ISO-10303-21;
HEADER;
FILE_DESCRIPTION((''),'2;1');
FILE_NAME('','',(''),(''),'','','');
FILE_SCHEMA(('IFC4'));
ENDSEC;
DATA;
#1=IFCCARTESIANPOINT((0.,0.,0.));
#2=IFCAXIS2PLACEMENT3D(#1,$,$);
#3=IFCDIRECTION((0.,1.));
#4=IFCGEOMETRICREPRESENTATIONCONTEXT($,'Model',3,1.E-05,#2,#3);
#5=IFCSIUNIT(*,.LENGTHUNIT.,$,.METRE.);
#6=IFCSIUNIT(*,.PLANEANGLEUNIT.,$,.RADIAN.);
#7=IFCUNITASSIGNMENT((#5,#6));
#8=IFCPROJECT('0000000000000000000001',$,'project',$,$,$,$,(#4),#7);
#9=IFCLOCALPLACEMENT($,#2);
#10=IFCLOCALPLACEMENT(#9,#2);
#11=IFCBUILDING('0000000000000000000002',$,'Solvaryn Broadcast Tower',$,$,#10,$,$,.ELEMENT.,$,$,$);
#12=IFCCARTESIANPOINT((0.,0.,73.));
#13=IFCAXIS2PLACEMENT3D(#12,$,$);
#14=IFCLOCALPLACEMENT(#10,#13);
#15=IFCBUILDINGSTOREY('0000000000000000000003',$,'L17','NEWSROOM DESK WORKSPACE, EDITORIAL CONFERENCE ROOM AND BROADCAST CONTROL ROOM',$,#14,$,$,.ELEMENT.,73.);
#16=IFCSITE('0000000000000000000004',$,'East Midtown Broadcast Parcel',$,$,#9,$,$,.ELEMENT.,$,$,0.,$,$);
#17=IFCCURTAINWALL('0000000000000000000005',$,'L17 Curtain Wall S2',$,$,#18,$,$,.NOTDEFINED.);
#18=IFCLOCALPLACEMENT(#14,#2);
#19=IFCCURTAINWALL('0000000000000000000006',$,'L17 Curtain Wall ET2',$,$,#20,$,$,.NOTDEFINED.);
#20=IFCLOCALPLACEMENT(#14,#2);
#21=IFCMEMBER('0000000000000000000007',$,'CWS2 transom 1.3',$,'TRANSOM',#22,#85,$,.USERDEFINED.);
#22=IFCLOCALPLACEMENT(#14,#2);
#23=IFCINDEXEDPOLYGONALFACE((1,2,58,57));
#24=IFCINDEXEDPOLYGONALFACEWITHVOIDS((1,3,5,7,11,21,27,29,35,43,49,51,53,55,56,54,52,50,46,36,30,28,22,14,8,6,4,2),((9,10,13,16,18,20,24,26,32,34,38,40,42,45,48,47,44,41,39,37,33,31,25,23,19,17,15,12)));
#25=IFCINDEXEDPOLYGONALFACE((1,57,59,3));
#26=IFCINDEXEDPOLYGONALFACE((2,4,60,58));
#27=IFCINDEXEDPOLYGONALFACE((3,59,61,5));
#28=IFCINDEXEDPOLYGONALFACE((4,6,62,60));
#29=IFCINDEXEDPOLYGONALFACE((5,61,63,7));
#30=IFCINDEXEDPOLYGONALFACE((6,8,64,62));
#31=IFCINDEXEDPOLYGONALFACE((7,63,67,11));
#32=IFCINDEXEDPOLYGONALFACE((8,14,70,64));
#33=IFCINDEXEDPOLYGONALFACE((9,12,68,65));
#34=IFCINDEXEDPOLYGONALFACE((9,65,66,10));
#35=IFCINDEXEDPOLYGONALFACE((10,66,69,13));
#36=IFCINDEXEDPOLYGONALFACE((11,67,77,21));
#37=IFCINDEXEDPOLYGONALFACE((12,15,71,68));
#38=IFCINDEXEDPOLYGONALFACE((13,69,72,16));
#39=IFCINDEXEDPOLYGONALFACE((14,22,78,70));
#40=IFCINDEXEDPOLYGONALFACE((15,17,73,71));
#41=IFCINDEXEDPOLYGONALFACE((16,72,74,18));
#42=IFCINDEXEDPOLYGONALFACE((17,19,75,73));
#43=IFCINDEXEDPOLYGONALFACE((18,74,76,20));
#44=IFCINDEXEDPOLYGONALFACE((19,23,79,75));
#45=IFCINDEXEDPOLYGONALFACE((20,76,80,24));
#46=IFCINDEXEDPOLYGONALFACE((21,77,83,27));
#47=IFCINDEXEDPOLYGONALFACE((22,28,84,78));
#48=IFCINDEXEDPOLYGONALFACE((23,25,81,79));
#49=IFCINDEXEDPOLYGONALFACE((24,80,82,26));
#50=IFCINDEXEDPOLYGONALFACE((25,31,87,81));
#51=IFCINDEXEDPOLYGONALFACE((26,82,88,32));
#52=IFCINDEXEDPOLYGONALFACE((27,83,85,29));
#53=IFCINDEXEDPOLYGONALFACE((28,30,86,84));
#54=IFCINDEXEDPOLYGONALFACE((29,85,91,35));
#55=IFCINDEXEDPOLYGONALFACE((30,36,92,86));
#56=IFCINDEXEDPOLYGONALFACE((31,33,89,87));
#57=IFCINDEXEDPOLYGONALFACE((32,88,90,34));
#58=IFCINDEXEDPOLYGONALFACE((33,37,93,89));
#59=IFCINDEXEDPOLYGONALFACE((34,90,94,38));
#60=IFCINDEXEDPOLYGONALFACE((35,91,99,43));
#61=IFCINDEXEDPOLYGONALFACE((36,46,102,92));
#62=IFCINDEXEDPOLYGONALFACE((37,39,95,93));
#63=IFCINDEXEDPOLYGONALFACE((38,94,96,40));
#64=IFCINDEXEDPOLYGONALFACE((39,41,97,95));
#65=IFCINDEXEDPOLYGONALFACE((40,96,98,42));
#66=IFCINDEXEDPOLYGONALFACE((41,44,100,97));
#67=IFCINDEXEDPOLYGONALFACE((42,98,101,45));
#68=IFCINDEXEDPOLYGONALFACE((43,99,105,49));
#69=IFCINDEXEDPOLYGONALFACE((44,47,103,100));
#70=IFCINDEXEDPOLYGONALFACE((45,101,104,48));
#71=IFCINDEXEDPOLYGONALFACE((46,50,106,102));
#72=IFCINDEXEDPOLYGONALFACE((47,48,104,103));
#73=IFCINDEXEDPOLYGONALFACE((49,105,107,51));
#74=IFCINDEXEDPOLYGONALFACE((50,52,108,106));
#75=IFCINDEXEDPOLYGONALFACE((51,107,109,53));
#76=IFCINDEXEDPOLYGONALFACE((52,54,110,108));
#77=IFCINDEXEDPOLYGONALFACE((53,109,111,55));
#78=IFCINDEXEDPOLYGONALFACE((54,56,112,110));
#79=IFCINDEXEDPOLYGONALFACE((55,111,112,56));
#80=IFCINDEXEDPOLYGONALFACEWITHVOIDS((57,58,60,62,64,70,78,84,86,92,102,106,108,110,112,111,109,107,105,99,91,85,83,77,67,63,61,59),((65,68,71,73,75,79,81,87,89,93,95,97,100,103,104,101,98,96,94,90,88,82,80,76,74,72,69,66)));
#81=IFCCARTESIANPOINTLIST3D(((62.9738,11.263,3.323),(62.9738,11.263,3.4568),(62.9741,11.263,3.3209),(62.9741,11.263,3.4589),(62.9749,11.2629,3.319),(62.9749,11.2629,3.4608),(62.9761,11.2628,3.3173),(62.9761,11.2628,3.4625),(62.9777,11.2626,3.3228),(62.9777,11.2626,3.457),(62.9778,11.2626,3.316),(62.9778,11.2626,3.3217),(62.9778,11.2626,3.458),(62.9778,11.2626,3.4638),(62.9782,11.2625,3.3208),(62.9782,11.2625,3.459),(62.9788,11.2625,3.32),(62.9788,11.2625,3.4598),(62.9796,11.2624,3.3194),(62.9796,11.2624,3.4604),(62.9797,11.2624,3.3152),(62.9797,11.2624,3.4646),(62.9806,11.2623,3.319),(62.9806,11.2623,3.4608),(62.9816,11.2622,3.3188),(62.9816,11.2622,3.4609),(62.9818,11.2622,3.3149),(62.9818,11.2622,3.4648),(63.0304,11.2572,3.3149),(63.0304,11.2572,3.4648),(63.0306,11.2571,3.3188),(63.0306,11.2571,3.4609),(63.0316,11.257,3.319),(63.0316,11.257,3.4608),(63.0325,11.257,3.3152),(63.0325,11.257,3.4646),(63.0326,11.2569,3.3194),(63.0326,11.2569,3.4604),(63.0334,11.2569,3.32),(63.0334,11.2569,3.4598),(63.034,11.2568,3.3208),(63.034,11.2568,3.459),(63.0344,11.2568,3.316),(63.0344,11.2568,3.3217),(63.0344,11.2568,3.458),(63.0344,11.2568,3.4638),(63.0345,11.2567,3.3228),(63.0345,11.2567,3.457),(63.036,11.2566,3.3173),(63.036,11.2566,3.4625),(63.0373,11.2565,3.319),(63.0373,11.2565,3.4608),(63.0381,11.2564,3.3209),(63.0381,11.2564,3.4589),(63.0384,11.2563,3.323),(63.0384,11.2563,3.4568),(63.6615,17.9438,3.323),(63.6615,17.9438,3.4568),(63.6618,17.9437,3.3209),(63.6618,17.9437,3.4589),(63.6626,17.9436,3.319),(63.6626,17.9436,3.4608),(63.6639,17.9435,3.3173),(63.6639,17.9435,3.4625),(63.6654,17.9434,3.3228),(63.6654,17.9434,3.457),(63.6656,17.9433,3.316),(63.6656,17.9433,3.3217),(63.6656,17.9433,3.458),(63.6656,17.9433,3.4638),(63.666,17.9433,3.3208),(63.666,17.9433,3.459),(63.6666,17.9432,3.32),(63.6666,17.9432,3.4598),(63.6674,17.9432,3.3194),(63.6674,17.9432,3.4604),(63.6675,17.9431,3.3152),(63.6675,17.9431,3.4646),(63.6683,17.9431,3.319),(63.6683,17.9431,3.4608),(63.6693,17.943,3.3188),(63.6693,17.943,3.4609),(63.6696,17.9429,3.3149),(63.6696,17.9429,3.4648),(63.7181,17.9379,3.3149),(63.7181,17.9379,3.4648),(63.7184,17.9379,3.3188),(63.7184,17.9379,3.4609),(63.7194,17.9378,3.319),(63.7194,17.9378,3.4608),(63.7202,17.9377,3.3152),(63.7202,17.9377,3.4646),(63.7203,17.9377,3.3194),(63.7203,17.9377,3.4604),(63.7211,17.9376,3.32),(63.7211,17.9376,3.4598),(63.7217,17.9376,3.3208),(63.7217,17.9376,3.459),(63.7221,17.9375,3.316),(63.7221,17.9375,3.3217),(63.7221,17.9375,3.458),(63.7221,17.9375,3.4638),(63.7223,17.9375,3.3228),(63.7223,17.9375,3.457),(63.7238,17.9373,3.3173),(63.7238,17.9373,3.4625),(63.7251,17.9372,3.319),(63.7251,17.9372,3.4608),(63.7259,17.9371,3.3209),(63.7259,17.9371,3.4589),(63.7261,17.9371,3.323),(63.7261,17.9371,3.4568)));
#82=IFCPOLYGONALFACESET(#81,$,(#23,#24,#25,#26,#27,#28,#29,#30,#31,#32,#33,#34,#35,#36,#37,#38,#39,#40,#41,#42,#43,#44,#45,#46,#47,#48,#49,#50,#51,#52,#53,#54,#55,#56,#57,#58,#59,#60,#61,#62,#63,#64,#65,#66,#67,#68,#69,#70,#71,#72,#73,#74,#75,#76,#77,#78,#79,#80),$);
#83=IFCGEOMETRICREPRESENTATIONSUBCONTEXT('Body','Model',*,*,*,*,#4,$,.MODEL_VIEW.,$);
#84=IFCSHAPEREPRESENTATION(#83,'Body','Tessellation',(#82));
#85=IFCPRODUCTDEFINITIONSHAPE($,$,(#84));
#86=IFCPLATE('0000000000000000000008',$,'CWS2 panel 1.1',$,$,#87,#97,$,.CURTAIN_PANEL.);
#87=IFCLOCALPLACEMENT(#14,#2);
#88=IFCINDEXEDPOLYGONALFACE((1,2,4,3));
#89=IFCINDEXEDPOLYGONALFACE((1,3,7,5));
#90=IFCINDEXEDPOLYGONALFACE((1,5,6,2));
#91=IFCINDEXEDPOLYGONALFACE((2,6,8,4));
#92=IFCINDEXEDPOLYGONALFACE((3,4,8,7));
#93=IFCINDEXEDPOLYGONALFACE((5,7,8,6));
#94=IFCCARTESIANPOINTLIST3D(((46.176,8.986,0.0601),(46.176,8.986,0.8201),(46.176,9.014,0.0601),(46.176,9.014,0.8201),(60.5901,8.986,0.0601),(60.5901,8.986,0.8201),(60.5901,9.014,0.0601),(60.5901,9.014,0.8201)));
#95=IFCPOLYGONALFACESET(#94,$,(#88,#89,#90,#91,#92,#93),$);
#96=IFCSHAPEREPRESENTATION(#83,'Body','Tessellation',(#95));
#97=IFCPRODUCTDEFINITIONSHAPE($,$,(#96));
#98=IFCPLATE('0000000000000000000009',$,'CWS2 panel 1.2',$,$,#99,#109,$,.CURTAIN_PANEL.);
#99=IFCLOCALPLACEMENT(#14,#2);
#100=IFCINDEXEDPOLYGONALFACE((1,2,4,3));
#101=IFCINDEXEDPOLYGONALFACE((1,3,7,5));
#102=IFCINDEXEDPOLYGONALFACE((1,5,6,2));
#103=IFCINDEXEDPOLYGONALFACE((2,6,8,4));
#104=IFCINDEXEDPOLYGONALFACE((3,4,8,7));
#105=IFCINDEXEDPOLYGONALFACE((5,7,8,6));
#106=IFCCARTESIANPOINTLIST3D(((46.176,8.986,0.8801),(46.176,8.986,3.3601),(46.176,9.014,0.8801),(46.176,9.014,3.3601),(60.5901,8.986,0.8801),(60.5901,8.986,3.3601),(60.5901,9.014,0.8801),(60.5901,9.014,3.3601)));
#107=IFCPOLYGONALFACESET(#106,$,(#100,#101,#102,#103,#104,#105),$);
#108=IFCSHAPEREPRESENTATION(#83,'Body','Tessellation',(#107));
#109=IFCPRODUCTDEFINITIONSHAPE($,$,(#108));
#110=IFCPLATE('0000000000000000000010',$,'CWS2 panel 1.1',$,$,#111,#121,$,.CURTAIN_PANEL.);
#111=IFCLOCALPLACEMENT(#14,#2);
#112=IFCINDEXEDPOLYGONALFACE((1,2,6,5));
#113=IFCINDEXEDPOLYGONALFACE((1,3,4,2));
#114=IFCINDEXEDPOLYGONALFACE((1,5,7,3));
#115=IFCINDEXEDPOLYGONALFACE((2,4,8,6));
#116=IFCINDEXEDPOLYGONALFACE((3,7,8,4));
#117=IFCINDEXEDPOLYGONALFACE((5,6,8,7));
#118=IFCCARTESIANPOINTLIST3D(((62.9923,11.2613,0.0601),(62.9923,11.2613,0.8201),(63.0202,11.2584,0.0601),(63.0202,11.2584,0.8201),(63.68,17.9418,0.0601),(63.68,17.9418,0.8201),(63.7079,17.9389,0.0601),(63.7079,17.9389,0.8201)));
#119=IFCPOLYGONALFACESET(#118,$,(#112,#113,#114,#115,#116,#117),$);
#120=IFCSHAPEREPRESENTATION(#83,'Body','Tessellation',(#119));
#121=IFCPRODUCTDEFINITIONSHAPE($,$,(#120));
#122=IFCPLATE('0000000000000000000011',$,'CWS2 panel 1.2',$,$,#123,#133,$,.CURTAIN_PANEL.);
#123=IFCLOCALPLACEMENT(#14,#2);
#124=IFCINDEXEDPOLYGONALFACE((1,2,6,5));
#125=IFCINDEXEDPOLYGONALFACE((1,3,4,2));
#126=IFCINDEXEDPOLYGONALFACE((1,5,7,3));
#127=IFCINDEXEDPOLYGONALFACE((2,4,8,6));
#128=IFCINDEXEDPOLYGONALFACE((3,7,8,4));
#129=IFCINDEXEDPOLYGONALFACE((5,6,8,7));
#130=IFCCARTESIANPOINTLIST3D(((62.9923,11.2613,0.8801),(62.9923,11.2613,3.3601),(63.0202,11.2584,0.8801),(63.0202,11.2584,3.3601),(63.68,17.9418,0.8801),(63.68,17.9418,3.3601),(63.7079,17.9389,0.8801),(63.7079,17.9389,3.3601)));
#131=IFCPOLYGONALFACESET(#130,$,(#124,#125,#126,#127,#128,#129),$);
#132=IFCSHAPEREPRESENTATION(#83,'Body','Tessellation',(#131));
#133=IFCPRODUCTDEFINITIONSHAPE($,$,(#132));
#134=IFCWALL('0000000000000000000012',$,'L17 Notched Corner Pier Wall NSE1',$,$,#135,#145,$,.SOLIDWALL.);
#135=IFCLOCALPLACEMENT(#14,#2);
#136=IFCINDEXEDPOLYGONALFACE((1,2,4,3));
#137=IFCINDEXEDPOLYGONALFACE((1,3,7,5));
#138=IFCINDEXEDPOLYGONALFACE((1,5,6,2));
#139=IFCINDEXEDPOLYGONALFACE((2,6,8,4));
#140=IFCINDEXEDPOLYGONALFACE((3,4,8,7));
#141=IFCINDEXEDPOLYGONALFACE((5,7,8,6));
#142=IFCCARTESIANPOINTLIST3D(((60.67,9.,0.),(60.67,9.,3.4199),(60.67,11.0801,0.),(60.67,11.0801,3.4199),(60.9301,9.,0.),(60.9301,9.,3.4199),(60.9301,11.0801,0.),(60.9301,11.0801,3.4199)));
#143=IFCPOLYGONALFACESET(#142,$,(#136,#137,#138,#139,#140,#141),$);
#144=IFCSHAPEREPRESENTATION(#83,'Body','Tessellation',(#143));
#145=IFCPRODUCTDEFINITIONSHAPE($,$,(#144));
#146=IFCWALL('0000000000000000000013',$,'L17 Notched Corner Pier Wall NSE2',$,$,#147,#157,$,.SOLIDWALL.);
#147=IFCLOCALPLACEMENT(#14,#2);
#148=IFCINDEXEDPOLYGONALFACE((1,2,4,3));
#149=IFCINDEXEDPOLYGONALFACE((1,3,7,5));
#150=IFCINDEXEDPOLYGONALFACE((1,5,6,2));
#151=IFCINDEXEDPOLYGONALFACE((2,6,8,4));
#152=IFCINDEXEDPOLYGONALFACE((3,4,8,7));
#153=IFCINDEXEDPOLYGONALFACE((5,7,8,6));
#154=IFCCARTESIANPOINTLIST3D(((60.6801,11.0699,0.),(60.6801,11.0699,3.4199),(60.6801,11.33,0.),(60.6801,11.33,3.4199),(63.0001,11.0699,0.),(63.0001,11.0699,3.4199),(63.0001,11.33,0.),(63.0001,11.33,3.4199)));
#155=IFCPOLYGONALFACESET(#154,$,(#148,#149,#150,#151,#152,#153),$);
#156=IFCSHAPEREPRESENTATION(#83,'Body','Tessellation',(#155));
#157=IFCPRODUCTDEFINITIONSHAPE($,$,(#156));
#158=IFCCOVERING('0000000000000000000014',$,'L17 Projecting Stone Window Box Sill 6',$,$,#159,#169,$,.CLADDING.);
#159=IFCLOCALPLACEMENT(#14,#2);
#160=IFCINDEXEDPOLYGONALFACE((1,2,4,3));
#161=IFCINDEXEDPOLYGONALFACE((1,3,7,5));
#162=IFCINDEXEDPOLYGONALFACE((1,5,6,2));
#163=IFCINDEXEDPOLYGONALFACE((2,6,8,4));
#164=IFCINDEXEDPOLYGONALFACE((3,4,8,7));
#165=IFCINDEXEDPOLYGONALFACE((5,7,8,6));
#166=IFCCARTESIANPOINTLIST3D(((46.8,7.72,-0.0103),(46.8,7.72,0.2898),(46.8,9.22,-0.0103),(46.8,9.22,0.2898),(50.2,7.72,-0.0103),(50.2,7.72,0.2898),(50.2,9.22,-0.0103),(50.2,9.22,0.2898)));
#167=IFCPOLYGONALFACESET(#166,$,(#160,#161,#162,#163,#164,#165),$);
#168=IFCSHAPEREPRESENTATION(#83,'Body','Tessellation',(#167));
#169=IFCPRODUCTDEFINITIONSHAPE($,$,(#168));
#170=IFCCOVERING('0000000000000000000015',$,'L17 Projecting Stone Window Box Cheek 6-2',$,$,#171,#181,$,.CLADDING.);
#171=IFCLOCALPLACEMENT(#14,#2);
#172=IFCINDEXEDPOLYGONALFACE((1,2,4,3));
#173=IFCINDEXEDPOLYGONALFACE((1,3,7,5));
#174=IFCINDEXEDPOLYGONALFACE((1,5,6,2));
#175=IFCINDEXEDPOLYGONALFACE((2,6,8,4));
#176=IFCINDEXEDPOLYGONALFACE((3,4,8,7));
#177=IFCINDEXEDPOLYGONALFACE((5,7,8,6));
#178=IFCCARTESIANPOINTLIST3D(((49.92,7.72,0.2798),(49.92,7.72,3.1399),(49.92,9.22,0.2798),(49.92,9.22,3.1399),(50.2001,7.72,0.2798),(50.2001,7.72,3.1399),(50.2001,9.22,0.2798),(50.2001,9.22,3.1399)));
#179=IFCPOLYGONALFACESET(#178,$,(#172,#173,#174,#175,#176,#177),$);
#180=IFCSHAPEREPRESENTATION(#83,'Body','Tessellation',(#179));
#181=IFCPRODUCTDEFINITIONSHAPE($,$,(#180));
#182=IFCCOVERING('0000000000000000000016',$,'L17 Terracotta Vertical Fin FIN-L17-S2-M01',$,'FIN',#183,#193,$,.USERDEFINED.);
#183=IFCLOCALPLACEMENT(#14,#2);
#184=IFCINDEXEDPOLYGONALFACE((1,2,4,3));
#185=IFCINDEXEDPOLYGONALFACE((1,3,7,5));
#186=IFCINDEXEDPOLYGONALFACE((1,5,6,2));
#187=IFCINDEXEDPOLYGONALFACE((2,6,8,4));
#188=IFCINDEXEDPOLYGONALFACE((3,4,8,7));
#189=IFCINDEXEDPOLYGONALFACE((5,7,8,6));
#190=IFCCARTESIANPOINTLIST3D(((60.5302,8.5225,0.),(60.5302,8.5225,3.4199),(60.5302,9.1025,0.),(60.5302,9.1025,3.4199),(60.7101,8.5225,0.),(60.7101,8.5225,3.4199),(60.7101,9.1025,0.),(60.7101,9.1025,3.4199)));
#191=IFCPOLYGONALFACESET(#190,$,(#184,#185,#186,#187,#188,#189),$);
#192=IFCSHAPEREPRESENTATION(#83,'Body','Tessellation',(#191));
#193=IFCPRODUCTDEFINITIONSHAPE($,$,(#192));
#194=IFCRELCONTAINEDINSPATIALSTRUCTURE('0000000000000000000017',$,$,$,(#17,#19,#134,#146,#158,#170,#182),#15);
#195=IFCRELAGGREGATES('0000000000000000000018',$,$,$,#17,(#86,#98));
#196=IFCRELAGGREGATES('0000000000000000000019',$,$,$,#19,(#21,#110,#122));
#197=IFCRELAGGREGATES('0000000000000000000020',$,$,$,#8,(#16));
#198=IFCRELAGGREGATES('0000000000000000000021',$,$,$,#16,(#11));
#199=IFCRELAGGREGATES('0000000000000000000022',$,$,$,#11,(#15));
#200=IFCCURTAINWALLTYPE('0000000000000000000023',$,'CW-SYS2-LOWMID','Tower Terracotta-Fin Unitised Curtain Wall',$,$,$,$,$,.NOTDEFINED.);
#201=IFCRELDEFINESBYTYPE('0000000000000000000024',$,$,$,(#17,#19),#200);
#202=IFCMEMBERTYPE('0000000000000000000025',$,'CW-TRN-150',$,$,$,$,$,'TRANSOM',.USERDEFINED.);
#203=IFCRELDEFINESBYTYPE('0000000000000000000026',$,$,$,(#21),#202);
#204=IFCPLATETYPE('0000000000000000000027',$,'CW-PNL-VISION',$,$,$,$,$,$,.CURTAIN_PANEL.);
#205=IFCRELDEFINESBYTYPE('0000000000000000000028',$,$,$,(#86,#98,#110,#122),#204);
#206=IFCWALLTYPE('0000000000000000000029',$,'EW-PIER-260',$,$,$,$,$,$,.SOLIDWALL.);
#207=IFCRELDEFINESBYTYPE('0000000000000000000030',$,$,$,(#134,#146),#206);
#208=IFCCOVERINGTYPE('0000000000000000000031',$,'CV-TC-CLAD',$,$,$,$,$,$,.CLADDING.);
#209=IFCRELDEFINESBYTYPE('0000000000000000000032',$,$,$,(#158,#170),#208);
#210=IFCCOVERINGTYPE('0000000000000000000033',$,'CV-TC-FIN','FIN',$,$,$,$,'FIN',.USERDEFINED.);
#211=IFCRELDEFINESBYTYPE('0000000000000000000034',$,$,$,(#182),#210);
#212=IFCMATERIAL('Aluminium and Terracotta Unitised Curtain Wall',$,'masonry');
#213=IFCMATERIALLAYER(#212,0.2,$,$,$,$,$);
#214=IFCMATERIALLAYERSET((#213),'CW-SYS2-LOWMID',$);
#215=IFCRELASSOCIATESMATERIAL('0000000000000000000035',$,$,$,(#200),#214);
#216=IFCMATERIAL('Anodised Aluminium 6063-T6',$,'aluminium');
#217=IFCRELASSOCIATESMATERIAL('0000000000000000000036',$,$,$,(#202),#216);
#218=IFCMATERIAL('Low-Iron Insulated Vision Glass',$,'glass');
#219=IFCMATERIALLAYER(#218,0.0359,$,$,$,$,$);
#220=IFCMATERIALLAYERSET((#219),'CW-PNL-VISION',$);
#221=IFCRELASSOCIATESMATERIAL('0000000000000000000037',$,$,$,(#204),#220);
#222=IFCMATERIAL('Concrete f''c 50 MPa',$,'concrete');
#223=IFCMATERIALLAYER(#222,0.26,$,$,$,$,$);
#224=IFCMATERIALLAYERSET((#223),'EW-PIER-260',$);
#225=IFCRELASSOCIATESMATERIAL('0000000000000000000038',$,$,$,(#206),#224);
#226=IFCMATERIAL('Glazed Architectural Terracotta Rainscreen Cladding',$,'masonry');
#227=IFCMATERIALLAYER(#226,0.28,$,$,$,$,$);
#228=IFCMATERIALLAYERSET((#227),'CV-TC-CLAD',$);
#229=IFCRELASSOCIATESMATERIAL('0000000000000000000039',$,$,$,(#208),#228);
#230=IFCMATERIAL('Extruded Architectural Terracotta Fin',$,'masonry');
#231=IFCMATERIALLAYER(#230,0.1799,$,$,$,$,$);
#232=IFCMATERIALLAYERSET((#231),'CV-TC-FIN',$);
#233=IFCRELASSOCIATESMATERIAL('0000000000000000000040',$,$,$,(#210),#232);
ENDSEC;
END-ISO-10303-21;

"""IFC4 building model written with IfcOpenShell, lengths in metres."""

from ifc_helpers import new_model, si_unit, direction, frame, frame_2d, origin, origin_2d, place, context, subcontext, project, spatial, rectangle, hollow_rectangle, extrude, material, layer, layer_set, material_profile, profile_set, type_object, element, aggregate, save


model = new_model("IFC4")

# Units and contexts
model_context = context("Model", 3, precision=1e-05, world=origin(), true_north=direction((0.0, 1.0)))
body_context = subcontext(model_context, "Body", "Model", "MODEL_VIEW")
ifc_project = project(units=[si_unit("LENGTHUNIT", "METRE"), si_unit("PLANEANGLEUNIT", "RADIAN")], contexts=[model_context])

# Site, building, storey
site_placement = place(None, origin())
site = spatial("IfcSite", under=ifc_project, at=site_placement, Name="East Midtown Broadcast Parcel", CompositionType="ELEMENT", RefElevation=0.0)
building_placement = place(site_placement, origin())
building = spatial("IfcBuilding", under=site, at=building_placement, Name="Solvaryn Broadcast Tower", CompositionType="ELEMENT")
storey_placement = place(building_placement, frame((0.0, 0.0, 73.0)))
storey = spatial("IfcBuildingStorey", under=building, at=storey_placement, Name="L17", Description="NEWSROOM DESK WORKSPACE, EDITORIAL CONFERENCE ROOM AND BROADCAST CONTROL ROOM", CompositionType="ELEMENT", Elevation=73.0)

# Curtain wall
ifc_material_1 = material(Name="Aluminium and Terracotta Unitised Curtain Wall", Category="masonry")
ifc_layer_1 = layer(ifc_material_1, 0.2)
ifc_layer_set_1 = layer_set([ifc_layer_1], Name="CW-SYS2-LOWMID")
curtain_wall_type = type_object("IfcCurtainWallType", Name="CW-SYS2-LOWMID", Description="Tower Terracotta-Fin Unitised Curtain Wall", PredefinedType="NOTDEFINED", material=ifc_layer_set_1)
curtain_wall_1_placement = place(storey_placement, origin())
curtain_wall_1 = element("IfcCurtainWall", 1, at=curtain_wall_1_placement, inside=storey, type_object=curtain_wall_type, Name="L17 Curtain Wall S2", PredefinedType="NOTDEFINED")

# Curtain wall, member
curtain_wall_2_placement = place(storey_placement, origin())
curtain_wall_2 = element("IfcCurtainWall", 2, at=curtain_wall_2_placement, inside=storey, type_object=curtain_wall_type, Name="L17 Curtain Wall ET2", PredefinedType="NOTDEFINED")
ifc_material_2 = material(Name="Anodised Aluminium 6063-T6", Category="aluminium")
ifc_material_profile_1 = material_profile(ifc_material_2, hollow_rectangle(XDim=0.0649, YDim=0.1499, WallThickness=0.0039, InnerFilletRadius=0.0039, OuterFilletRadius=0.0081, at=origin_2d()))
ifc_profile_set_1 = profile_set([ifc_material_profile_1], Name="Anodised Aluminium 6063-T6")
member_type_1 = type_object("IfcMemberType", Name="CW-TRN-150", ElementType="TRANSOM", PredefinedType="USERDEFINED", material=ifc_profile_set_1)
member_1_placement = place(storey_placement, frame((63.6938, 17.9404, 3.3899), z_axis=(-0.102404, -0.994743, 0.0), x_axis=(0.994743, -0.102404, 0.0)))
member_1 = element("IfcMember", 3, at=member_1_placement, type_object=member_type_1, Name="CWS2 transom 1.3", ObjectType="TRANSOM", PredefinedType="USERDEFINED", context=body_context, shape_type="SweptSolid", body=[
    extrude(hollow_rectangle(XDim=0.0649, YDim=0.1499, WallThickness=0.0039, InnerFilletRadius=0.0039, OuterFilletRadius=0.0081, at=origin_2d()), origin(), (0.0, 0.0, 1.0), 6.7161),
])

# Plates
ifc_material_3 = material(Name="Low-Iron Insulated Vision Glass", Category="glass")
ifc_layer_2 = layer(ifc_material_3, 0.0359)
ifc_layer_set_2 = layer_set([ifc_layer_2], Name="CW-PNL-VISION")
plate_type = type_object("IfcPlateType", Name="CW-PNL-VISION", PredefinedType="CURTAIN_PANEL", material=ifc_layer_set_2)
plate_1_placement = place(storey_placement, frame((53.3831, 9.0, 0.0601), z_axis=(0.0, 0.0, 1.0), x_axis=(1.0, 0.0, 0.0)))
plate_1 = element("IfcPlate", 4, at=plate_1_placement, type_object=plate_type, Name="CWS2 panel 1.1", PredefinedType="CURTAIN_PANEL", context=body_context, shape_type="SweptSolid", body=[
    extrude(rectangle(XDim=14.4141, YDim=0.0281, at=origin_2d()), origin(), (0.0, 0.0, 1.0), 0.76),
])
plate_2_placement = place(storey_placement, frame((53.3831, 9.0, 0.8801), z_axis=(0.0, 0.0, 1.0), x_axis=(1.0, 0.0, 0.0)))
plate_2 = element("IfcPlate", 5, at=plate_2_placement, type_object=plate_type, Name="CWS2 panel 1.2", PredefinedType="CURTAIN_PANEL", context=body_context, shape_type="SweptSolid", body=[
    extrude(rectangle(XDim=14.4141, YDim=0.0281, at=origin_2d()), origin(), (0.0, 0.0, 1.0), 2.48),
])
aggregate(curtain_wall_1, [plate_1, plate_2])
plate_3_placement = place(storey_placement, frame((63.3501, 14.6001, 0.0601), z_axis=(0.0, 0.0, 1.0), x_axis=(-0.1024, -0.994743, 0.0)))
plate_3 = element("IfcPlate", 6, at=plate_3_placement, type_object=plate_type, Name="CWS2 panel 1.1", PredefinedType="CURTAIN_PANEL", context=body_context, shape_type="SweptSolid", body=[
    extrude(rectangle(XDim=6.7158, YDim=0.0281, at=origin_2d()), origin(), (0.0, 0.0, 1.0), 0.76),
])
plate_4_placement = place(storey_placement, frame((63.3501, 14.6001, 0.8801), z_axis=(0.0, 0.0, 1.0), x_axis=(-0.1024, -0.994743, 0.0)))
plate_4 = element("IfcPlate", 7, at=plate_4_placement, type_object=plate_type, Name="CWS2 panel 1.2", PredefinedType="CURTAIN_PANEL", context=body_context, shape_type="SweptSolid", body=[
    extrude(rectangle(XDim=6.7158, YDim=0.0281, at=origin_2d()), origin(), (0.0, 0.0, 1.0), 2.48),
])
aggregate(curtain_wall_2, [member_1, plate_3, plate_4])

# Walls
ifc_material_4 = material(Name="Concrete f'c 50 MPa", Category="concrete")
ifc_layer_3 = layer(ifc_material_4, 0.26)
ifc_layer_set_3 = layer_set([ifc_layer_3], Name="EW-PIER-260")
wall_type = type_object("IfcWallType", Name="EW-PIER-260", PredefinedType="SOLIDWALL", material=ifc_layer_set_3)
wall_1_placement = place(storey_placement, frame((60.8, 9.0, 0.0), z_axis=(0.0, 0.0, 1.0), x_axis=(0.0, 1.0, 0.0)))
element("IfcWall", 8, at=wall_1_placement, inside=storey, type_object=wall_type, Name="L17 Notched Corner Pier Wall NSE1", PredefinedType="SOLIDWALL", context=body_context, shape_type="SweptSolid", body=[
    extrude(rectangle(XDim=2.0801, YDim=0.26, at=frame_2d((1.04, 0.0))), origin(), (0.0, 0.0, 1.0), 3.4199),
])
wall_2_placement = place(storey_placement, frame((60.6799, 11.2, 0.0), z_axis=(0.0, 0.0, 1.0), x_axis=(1.0, 0.0, 0.0)))
element("IfcWall", 9, at=wall_2_placement, inside=storey, type_object=wall_type, Name="L17 Notched Corner Pier Wall NSE2", PredefinedType="SOLIDWALL", context=body_context, shape_type="SweptSolid", body=[
    extrude(rectangle(XDim=2.3201, YDim=0.26, at=frame_2d((1.1602, 0.0))), origin(), (0.0, 0.0, 1.0), 3.4199),
])

# Coverings
ifc_material_5 = material(Name="Glazed Architectural Terracotta Rainscreen Cladding", Category="masonry")
ifc_layer_4 = layer(ifc_material_5, 0.28)
ifc_layer_set_4 = layer_set([ifc_layer_4], Name="CV-TC-CLAD")
covering_type_1 = type_object("IfcCoveringType", Name="CV-TC-CLAD", PredefinedType="CLADDING", material=ifc_layer_set_4)
covering_1_placement = place(storey_placement, frame((48.5, 8.47, -0.0103), z_axis=(0.0, 0.0, 1.0), x_axis=(1.0, 0.0, 0.0)))
element("IfcCovering", 10, at=covering_1_placement, inside=storey, type_object=covering_type_1, Name="L17 Projecting Stone Window Box Sill 6", PredefinedType="CLADDING", context=body_context, shape_type="SweptSolid", body=[
    extrude(rectangle(XDim=3.3999, YDim=1.5, at=origin_2d()), origin(), (0.0, 0.0, 1.0), 0.3),
])
covering_2_placement = place(storey_placement, frame((50.0601, 8.47, 0.2798), z_axis=(0.0, 0.0, 1.0), x_axis=(1.0, 0.0, 0.0)))
element("IfcCovering", 11, at=covering_2_placement, inside=storey, type_object=covering_type_1, Name="L17 Projecting Stone Window Box Cheek 6-2", PredefinedType="CLADDING", context=body_context, shape_type="SweptSolid", body=[
    extrude(rectangle(XDim=0.28, YDim=1.5, at=origin_2d()), origin(), (0.0, 0.0, 1.0), 2.8601),
])
ifc_material_6 = material(Name="Extruded Architectural Terracotta Fin", Category="masonry")
ifc_layer_5 = layer(ifc_material_6, 0.1799)
ifc_layer_set_5 = layer_set([ifc_layer_5], Name="CV-TC-FIN")
covering_type_2 = type_object("IfcCoveringType", Name="CV-TC-FIN", Description="FIN", ElementType="FIN", PredefinedType="USERDEFINED", material=ifc_layer_set_5)
covering_3_placement = place(storey_placement, frame((60.6201, 8.8125, 0.0), z_axis=(0.0, 0.0, 1.0), x_axis=(1.0, 0.0, 0.0)))
element("IfcCovering", 12, at=covering_3_placement, inside=storey, type_object=covering_type_2, Name="L17 Terracotta Vertical Fin FIN-L17-S2-M01", ObjectType="FIN", PredefinedType="USERDEFINED", context=body_context, shape_type="SweptSolid", body=[
    extrude(rectangle(XDim=0.1799, YDim=0.5801, at=origin_2d()), origin(), (0.0, 0.0, 1.0), 3.4199),
])

save(model, "model.ifc")
